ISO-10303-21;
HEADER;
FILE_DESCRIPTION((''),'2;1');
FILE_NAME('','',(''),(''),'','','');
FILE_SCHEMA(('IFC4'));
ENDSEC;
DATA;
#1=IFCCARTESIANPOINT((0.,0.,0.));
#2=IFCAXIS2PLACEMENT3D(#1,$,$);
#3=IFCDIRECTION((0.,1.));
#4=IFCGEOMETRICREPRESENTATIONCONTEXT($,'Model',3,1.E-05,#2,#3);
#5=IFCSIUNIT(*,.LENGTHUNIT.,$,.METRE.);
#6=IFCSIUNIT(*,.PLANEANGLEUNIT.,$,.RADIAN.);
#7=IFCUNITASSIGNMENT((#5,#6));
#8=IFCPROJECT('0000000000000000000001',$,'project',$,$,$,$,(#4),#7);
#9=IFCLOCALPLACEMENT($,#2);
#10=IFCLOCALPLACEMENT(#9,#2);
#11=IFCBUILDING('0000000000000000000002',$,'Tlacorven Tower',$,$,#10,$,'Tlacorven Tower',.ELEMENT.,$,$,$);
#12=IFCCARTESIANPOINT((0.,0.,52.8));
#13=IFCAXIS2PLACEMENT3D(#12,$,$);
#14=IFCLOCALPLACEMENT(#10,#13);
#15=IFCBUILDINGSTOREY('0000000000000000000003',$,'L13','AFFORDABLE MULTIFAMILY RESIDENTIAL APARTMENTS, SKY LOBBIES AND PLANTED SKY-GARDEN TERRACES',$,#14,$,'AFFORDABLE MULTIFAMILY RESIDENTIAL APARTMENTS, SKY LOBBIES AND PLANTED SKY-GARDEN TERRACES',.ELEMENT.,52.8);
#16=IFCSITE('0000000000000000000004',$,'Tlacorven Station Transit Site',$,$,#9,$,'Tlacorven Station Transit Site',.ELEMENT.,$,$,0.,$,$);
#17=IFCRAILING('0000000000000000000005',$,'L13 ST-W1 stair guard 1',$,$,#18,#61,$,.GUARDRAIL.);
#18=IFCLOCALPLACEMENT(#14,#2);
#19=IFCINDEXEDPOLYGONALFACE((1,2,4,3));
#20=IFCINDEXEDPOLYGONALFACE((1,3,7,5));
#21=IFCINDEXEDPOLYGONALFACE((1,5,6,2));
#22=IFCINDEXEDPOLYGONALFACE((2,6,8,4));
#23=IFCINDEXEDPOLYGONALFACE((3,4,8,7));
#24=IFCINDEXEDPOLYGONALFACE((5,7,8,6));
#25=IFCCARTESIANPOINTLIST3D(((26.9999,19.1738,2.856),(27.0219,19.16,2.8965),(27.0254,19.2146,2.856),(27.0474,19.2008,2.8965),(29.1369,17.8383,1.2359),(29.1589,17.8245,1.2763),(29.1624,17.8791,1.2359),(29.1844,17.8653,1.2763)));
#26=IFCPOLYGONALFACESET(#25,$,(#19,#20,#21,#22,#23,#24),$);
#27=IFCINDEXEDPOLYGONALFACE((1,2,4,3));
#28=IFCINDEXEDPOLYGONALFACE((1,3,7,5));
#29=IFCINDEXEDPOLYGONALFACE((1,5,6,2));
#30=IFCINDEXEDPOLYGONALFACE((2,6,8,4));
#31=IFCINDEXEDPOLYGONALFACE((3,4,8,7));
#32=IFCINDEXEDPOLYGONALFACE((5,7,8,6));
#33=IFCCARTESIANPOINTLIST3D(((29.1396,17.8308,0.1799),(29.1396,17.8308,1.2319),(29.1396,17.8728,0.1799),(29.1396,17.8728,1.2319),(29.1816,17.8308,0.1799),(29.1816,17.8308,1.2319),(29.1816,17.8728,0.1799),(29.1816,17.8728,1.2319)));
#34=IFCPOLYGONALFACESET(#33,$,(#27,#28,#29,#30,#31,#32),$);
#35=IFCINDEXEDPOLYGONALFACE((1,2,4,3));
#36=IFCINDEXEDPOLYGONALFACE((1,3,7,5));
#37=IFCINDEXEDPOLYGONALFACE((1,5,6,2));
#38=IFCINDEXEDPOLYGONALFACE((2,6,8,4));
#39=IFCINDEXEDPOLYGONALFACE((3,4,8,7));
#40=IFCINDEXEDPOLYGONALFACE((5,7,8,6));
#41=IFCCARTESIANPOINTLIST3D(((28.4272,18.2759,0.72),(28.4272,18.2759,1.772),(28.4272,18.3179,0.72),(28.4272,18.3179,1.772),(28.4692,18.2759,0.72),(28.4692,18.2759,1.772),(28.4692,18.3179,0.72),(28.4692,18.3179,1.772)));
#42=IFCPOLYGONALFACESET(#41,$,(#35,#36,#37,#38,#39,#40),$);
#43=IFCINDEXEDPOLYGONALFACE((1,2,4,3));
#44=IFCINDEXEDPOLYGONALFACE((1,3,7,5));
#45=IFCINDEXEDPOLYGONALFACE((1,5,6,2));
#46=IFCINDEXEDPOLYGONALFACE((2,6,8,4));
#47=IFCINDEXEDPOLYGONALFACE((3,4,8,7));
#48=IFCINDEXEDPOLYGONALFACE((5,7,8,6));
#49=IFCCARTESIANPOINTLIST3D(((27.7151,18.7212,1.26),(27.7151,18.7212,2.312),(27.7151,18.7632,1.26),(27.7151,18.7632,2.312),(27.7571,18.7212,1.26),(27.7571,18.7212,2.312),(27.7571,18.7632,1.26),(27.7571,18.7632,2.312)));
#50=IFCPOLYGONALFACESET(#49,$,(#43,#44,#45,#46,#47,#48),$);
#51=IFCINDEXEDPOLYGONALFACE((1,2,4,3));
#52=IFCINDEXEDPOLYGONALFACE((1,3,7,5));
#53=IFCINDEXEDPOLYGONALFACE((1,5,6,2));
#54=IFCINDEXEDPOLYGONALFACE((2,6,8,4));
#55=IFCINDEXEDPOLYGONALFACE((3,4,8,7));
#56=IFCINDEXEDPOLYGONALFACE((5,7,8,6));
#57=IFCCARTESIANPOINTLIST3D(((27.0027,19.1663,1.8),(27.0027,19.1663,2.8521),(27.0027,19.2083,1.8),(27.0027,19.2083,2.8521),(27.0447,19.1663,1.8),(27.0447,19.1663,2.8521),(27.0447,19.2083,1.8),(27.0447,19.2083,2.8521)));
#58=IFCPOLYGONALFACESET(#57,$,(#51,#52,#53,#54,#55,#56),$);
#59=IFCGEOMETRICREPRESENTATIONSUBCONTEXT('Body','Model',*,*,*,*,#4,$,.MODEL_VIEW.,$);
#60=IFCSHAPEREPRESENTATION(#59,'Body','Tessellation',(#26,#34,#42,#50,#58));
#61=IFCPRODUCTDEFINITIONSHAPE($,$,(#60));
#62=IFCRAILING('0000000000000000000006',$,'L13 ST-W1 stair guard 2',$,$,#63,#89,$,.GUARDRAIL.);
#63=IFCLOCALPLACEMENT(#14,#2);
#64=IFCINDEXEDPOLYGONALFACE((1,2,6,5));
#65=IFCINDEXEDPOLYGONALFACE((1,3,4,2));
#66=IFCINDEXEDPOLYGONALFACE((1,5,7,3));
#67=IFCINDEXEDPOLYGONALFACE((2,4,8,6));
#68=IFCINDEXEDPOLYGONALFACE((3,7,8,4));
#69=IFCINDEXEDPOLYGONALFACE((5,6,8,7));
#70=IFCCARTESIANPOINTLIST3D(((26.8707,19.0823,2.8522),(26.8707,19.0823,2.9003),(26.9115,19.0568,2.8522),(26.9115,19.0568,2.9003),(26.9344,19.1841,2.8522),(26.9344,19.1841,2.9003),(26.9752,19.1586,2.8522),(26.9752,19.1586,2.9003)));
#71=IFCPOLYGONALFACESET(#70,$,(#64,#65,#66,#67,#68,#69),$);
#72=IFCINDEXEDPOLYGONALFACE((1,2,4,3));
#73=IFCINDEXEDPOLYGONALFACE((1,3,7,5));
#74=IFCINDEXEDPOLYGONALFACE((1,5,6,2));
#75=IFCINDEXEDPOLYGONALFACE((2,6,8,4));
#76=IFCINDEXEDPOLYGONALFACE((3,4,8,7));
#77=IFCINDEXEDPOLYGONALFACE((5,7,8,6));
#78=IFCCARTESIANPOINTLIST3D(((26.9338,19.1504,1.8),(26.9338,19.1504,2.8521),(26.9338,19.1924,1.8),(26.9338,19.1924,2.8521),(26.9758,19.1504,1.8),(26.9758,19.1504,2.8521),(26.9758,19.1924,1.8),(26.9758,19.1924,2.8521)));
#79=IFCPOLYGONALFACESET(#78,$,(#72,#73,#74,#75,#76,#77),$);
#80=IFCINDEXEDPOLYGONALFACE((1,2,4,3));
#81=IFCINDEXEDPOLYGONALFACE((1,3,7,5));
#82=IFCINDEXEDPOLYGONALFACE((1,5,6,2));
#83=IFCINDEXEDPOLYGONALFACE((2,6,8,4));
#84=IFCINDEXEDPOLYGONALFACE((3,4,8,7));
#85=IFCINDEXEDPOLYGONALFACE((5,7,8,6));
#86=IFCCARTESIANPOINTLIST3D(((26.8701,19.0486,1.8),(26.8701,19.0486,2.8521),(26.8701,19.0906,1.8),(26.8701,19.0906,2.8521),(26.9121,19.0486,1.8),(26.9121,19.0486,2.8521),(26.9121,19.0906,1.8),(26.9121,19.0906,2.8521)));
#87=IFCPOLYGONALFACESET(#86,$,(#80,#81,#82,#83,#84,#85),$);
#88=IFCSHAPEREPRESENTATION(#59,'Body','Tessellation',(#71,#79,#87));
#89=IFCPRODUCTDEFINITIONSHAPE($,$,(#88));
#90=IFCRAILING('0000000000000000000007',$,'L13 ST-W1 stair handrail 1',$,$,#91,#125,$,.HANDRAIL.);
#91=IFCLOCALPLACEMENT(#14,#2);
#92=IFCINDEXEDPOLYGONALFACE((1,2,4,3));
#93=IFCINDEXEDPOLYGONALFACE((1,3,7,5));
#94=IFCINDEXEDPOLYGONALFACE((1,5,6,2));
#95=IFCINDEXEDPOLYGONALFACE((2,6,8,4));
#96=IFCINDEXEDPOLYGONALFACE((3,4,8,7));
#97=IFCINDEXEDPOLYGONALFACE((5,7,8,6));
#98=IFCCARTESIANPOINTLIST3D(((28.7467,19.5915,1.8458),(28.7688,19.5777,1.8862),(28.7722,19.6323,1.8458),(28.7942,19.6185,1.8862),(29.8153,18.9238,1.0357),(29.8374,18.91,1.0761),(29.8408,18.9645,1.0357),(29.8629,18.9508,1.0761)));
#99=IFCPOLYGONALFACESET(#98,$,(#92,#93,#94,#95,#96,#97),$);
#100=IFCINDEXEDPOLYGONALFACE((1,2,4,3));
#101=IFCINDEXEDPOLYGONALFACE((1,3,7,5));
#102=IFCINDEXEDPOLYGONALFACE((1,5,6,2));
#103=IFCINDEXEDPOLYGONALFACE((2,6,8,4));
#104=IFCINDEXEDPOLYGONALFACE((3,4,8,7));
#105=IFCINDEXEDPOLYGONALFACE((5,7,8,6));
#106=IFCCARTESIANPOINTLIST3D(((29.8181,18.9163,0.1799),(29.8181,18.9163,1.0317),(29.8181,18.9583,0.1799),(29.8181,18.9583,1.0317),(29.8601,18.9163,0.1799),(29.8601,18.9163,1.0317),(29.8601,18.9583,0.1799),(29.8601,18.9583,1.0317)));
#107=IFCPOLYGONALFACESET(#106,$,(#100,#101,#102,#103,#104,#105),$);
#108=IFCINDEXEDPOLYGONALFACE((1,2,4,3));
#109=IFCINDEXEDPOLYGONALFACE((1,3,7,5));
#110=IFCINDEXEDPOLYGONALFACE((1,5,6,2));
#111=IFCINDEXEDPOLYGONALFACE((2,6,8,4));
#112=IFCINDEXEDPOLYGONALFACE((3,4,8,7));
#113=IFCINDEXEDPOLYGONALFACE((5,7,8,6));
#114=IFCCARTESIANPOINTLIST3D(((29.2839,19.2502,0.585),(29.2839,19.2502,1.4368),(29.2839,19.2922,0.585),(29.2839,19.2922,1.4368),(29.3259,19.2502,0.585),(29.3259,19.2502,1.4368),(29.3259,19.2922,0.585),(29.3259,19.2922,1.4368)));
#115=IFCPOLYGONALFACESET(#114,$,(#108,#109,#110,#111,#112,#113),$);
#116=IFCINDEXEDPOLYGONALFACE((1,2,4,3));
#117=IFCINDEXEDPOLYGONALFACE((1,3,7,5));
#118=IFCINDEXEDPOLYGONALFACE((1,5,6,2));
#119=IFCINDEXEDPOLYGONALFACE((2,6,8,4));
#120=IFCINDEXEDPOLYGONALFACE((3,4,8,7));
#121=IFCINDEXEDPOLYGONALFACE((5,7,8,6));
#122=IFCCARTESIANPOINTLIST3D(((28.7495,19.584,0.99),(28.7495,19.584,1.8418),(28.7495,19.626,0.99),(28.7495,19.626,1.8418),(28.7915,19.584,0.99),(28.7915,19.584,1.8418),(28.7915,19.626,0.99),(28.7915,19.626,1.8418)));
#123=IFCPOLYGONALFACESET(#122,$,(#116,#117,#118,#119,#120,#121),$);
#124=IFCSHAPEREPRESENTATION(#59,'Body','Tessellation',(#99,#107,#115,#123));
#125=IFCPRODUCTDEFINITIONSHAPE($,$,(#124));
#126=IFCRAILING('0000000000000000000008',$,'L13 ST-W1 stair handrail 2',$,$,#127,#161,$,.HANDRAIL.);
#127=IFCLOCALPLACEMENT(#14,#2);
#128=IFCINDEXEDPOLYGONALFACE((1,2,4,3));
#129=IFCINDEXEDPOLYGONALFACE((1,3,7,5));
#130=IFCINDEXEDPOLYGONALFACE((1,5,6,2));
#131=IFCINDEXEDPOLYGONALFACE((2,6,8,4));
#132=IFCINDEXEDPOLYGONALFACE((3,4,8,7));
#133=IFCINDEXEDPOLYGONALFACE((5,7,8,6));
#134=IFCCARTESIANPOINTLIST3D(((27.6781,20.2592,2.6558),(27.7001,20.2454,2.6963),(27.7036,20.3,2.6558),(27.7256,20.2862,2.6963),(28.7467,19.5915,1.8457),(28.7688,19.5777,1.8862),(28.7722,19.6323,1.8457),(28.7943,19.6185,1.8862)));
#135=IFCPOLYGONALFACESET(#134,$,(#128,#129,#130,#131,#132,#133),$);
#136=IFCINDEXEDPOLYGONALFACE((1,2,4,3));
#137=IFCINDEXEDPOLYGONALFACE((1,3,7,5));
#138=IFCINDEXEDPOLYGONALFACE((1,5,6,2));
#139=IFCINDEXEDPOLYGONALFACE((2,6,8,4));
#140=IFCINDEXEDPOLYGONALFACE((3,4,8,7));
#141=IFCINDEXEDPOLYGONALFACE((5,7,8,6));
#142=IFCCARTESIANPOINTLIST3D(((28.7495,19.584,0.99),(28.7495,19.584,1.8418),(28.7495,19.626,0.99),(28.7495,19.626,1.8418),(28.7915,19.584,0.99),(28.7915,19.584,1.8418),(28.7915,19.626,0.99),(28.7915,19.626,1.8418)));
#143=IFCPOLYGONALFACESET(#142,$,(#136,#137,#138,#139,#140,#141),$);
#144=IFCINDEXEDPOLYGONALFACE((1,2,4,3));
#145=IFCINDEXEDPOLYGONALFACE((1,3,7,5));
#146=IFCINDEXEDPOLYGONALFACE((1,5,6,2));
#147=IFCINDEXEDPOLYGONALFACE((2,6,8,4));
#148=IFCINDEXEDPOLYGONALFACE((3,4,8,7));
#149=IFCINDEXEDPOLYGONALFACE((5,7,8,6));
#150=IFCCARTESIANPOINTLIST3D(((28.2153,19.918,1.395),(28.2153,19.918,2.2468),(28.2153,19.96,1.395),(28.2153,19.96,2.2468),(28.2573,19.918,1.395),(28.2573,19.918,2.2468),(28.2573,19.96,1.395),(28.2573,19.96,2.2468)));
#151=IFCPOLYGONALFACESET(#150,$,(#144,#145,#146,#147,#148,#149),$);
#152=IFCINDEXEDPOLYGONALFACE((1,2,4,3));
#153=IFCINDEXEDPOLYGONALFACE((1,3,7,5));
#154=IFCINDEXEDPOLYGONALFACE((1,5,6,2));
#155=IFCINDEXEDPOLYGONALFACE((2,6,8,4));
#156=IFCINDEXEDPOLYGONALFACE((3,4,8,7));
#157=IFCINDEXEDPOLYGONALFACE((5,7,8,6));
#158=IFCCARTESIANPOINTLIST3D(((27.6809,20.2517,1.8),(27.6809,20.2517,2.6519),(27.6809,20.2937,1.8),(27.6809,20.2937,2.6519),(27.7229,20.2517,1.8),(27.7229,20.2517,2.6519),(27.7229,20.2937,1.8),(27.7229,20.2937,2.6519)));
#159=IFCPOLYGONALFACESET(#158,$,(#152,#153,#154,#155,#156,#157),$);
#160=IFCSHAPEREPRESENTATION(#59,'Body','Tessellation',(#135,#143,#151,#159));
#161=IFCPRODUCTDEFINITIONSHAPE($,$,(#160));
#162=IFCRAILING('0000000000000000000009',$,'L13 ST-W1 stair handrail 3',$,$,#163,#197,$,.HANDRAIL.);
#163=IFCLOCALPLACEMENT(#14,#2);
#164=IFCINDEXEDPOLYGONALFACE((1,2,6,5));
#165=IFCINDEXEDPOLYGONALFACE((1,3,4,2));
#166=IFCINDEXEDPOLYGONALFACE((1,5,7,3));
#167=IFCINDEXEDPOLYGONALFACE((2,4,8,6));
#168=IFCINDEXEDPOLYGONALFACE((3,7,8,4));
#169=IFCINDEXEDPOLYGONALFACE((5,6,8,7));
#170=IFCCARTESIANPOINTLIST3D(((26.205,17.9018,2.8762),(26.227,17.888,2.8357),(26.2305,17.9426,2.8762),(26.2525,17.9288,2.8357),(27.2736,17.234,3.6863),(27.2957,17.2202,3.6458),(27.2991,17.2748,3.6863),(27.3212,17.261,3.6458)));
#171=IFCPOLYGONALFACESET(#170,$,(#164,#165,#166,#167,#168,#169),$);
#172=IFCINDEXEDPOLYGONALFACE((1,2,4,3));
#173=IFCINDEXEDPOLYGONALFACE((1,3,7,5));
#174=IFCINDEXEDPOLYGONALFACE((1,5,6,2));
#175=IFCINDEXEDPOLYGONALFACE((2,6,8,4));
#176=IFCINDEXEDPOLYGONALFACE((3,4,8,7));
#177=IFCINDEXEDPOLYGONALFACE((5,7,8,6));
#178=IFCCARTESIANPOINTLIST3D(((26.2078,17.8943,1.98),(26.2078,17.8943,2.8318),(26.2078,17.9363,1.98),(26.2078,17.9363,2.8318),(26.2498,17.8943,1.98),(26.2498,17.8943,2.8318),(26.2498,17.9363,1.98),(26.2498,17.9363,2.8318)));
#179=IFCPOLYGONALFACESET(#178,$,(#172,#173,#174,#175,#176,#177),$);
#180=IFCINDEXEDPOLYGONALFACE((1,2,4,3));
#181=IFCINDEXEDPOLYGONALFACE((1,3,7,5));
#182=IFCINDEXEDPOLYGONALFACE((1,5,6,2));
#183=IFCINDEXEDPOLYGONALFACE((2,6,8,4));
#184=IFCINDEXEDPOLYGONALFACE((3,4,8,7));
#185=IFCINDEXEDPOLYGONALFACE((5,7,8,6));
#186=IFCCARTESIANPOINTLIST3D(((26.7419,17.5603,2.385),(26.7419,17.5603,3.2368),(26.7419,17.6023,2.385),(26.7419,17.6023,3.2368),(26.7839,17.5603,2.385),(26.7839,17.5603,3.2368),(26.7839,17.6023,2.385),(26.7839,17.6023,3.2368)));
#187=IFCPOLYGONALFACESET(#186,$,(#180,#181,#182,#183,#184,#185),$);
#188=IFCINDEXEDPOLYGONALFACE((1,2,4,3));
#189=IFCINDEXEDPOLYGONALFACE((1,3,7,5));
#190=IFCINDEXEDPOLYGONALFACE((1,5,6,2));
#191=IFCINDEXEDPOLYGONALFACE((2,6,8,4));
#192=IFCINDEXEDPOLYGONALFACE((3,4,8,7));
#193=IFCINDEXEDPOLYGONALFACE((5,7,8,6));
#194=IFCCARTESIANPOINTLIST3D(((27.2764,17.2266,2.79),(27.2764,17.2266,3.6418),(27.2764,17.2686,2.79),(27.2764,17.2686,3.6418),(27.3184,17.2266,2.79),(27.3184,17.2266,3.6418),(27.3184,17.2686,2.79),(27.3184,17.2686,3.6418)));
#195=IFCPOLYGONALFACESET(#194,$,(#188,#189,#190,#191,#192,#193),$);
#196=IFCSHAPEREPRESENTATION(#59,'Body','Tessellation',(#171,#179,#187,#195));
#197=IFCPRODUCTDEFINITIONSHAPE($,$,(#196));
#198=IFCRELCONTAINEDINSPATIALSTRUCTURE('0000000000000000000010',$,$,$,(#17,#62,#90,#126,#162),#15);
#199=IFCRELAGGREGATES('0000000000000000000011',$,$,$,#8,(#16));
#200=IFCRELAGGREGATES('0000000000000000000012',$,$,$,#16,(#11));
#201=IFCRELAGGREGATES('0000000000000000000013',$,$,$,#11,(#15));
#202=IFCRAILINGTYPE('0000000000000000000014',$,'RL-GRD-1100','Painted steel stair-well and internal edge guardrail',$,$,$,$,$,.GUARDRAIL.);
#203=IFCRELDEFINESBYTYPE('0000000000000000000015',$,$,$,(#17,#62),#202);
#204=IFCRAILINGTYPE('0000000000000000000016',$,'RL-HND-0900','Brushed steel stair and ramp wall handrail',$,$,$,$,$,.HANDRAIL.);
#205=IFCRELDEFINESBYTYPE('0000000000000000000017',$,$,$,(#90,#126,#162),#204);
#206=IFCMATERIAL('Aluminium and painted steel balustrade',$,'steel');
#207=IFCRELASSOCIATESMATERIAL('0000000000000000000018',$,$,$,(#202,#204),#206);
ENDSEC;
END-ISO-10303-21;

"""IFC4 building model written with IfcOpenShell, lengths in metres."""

from ifc_helpers import new_model, si_unit, direction, frame, origin, origin_2d, place, context, subcontext, project, spatial, rectangle, extrude, source, transform, mapped, material, type_object, element, save


model = new_model("IFC4")

# Units and contexts
model_context = context("Model", 3, precision=1e-05, world=origin(), true_north=direction((0.0, 1.0)))
body_context = subcontext(model_context, "Body", "Model", "MODEL_VIEW")
ifc_project = project(units=[si_unit("LENGTHUNIT", "METRE"), si_unit("PLANEANGLEUNIT", "RADIAN")], contexts=[model_context])

# Site, building, storey
site_placement = place(None, origin())
site = spatial("IfcSite", under=ifc_project, at=site_placement, Name="Tlacorven Station Transit Site", LongName="Tlacorven Station Transit Site", CompositionType="ELEMENT", RefElevation=0.0)
building_placement = place(site_placement, origin())
building = spatial("IfcBuilding", under=site, at=building_placement, Name="Tlacorven Tower", LongName="Tlacorven Tower", CompositionType="ELEMENT")
storey_placement = place(building_placement, frame((0.0, 0.0, 52.8)))
storey = spatial("IfcBuildingStorey", under=building, at=storey_placement, Name="L13", Description="AFFORDABLE MULTIFAMILY RESIDENTIAL APARTMENTS, SKY LOBBIES AND PLANTED SKY-GARDEN TERRACES", LongName="AFFORDABLE MULTIFAMILY RESIDENTIAL APARTMENTS, SKY LOBBIES AND PLANTED SKY-GARDEN TERRACES", CompositionType="ELEMENT", Elevation=52.8)

# Railings
ifc_material_1 = material(Name="Aluminium and painted steel balustrade", Category="steel")
railing_type_1 = type_object("IfcRailingType", Name="RL-GRD-1100", Description="Painted steel stair-well and internal edge guardrail", PredefinedType="GUARDRAIL", material=ifc_material_1)
shared_shape_1 = source(origin(), body_context, "Body", "SweptSolid", [
    extrude(rectangle(XDim=0.0481, YDim=0.0481, at=origin_2d()), frame((0.0, 0.0, 1.0762), z_axis=(-0.71332, 0.445774, 0.540796), x_axis=(-0.529955, -0.848026, 0.0)), (0.0, 0.0, 1.0), 2.9958),
    extrude(rectangle(XDim=0.042, YDim=0.042, at=origin_2d()), origin(), (0.0, 0.0, 1.0), 1.052),
    extrude(rectangle(XDim=0.042, YDim=0.042, at=origin_2d()), frame((-0.7124, 0.4451, 0.54)), (0.0, 0.0, 1.0), 1.052),
    extrude(rectangle(XDim=0.042, YDim=0.042, at=origin_2d()), frame((-1.4246, 0.8904, 1.0801)), (0.0, 0.0, 1.0), 1.052),
    extrude(rectangle(XDim=0.042, YDim=0.042, at=origin_2d()), frame((-2.137, 1.3354, 1.6201)), (0.0, 0.0, 1.0), 1.052),
])
railing_1_placement = place(storey_placement, frame((29.1606, 17.8518, 0.1799)))
element("IfcRailing", 1, at=railing_1_placement, inside=storey, type_object=railing_type_1, Name="L13 ST-W1 stair guard 1", PredefinedType="GUARDRAIL", context=body_context, shape_type="MappedRepresentation", body=[
    mapped(shared_shape_1, transform((0.0, 0.0, 0.0), scale=1.0)),
])
shared_shape_2 = source(origin(), body_context, "Body", "SweptSolid", [
    extrude(rectangle(XDim=0.0481, YDim=0.0481, at=origin_2d()), frame((0.0, 0.0, 1.0762), z_axis=(-0.530547, -0.847656, 0.0), x_axis=(0.847656, -0.530547, 0.0)), (0.0, 0.0, 1.0), 0.1201),
    extrude(rectangle(XDim=0.042, YDim=0.042, at=origin_2d()), origin(), (0.0, 0.0, 1.0), 1.052),
    extrude(rectangle(XDim=0.042, YDim=0.042, at=origin_2d()), frame((-0.0637, -0.1018, 0.0)), (0.0, 0.0, 1.0), 1.052),
])
railing_2_placement = place(storey_placement, frame((26.9548, 19.1714, 1.8)))
element("IfcRailing", 2, at=railing_2_placement, inside=storey, type_object=railing_type_1, Name="L13 ST-W1 stair guard 2", PredefinedType="GUARDRAIL", context=body_context, shape_type="MappedRepresentation", body=[
    mapped(shared_shape_2, transform((0.0, 0.0, 0.0), scale=1.0)),
])
railing_type_2 = type_object("IfcRailingType", Name="RL-HND-0900", Description="Brushed steel stair and ramp wall handrail", PredefinedType="HANDRAIL", material=ifc_material_1)
shared_shape_3 = source(origin(), body_context, "Body", "SweptSolid", [
    extrude(rectangle(XDim=0.0481, YDim=0.0481, at=origin_2d()), frame((0.0, 0.0, 0.876), z_axis=(-0.71336, 0.445748, 0.540765), x_axis=(-0.529912, -0.848053, 0.0)), (0.0, 0.0, 1.0), 1.498),
    extrude(rectangle(XDim=0.042, YDim=0.042, at=origin_2d()), origin(), (0.0, 0.0, 1.0), 0.8518),
    extrude(rectangle(XDim=0.042, YDim=0.042, at=origin_2d()), frame((-0.5342, 0.334, 0.405)), (0.0, 0.0, 1.0), 0.8518),
    extrude(rectangle(XDim=0.042, YDim=0.042, at=origin_2d()), frame((-1.0686, 0.6677, 0.8101)), (0.0, 0.0, 1.0), 0.8518),
])
for number, where, name in (
    (3, (29.8391, 18.9373, 0.1799), "L13 ST-W1 stair handrail 1"),
    (4, (28.7705, 19.605, 0.99), "L13 ST-W1 stair handrail 2"),
):
    element("IfcRailing", number, at=place(storey_placement, frame(where)), inside=storey, type_object=railing_type_2, Name=name, PredefinedType="HANDRAIL", context=body_context, shape_type="MappedRepresentation", body=[
        mapped(shared_shape_3, transform((0.0, 0.0, 0.0), scale=1.0)),
    ])
shared_shape_4 = source(origin(), body_context, "Body", "SweptSolid", [
    extrude(rectangle(XDim=0.0481, YDim=0.0481, at=origin_2d()), frame((0.0, 0.0, 0.876), z_axis=(0.71336, -0.445748, 0.540765), x_axis=(0.529912, 0.848053, 0.0)), (0.0, 0.0, 1.0), 1.498),
    extrude(rectangle(XDim=0.042, YDim=0.042, at=origin_2d()), origin(), (0.0, 0.0, 1.0), 0.8518),
    extrude(rectangle(XDim=0.042, YDim=0.042, at=origin_2d()), frame((0.5342, -0.334, 0.405)), (0.0, 0.0, 1.0), 0.8518),
    extrude(rectangle(XDim=0.042, YDim=0.042, at=origin_2d()), frame((1.0686, -0.6677, 0.8101)), (0.0, 0.0, 1.0), 0.8518),
])
railing_3_placement = place(storey_placement, frame((26.2288, 17.9153, 1.98)))
element("IfcRailing", 5, at=railing_3_placement, inside=storey, type_object=railing_type_2, Name="L13 ST-W1 stair handrail 3", PredefinedType="HANDRAIL", context=body_context, shape_type="MappedRepresentation", body=[
    mapped(shared_shape_4, transform((0.0, 0.0, 0.0), scale=1.0)),
])

save(model, "model.ifc")
